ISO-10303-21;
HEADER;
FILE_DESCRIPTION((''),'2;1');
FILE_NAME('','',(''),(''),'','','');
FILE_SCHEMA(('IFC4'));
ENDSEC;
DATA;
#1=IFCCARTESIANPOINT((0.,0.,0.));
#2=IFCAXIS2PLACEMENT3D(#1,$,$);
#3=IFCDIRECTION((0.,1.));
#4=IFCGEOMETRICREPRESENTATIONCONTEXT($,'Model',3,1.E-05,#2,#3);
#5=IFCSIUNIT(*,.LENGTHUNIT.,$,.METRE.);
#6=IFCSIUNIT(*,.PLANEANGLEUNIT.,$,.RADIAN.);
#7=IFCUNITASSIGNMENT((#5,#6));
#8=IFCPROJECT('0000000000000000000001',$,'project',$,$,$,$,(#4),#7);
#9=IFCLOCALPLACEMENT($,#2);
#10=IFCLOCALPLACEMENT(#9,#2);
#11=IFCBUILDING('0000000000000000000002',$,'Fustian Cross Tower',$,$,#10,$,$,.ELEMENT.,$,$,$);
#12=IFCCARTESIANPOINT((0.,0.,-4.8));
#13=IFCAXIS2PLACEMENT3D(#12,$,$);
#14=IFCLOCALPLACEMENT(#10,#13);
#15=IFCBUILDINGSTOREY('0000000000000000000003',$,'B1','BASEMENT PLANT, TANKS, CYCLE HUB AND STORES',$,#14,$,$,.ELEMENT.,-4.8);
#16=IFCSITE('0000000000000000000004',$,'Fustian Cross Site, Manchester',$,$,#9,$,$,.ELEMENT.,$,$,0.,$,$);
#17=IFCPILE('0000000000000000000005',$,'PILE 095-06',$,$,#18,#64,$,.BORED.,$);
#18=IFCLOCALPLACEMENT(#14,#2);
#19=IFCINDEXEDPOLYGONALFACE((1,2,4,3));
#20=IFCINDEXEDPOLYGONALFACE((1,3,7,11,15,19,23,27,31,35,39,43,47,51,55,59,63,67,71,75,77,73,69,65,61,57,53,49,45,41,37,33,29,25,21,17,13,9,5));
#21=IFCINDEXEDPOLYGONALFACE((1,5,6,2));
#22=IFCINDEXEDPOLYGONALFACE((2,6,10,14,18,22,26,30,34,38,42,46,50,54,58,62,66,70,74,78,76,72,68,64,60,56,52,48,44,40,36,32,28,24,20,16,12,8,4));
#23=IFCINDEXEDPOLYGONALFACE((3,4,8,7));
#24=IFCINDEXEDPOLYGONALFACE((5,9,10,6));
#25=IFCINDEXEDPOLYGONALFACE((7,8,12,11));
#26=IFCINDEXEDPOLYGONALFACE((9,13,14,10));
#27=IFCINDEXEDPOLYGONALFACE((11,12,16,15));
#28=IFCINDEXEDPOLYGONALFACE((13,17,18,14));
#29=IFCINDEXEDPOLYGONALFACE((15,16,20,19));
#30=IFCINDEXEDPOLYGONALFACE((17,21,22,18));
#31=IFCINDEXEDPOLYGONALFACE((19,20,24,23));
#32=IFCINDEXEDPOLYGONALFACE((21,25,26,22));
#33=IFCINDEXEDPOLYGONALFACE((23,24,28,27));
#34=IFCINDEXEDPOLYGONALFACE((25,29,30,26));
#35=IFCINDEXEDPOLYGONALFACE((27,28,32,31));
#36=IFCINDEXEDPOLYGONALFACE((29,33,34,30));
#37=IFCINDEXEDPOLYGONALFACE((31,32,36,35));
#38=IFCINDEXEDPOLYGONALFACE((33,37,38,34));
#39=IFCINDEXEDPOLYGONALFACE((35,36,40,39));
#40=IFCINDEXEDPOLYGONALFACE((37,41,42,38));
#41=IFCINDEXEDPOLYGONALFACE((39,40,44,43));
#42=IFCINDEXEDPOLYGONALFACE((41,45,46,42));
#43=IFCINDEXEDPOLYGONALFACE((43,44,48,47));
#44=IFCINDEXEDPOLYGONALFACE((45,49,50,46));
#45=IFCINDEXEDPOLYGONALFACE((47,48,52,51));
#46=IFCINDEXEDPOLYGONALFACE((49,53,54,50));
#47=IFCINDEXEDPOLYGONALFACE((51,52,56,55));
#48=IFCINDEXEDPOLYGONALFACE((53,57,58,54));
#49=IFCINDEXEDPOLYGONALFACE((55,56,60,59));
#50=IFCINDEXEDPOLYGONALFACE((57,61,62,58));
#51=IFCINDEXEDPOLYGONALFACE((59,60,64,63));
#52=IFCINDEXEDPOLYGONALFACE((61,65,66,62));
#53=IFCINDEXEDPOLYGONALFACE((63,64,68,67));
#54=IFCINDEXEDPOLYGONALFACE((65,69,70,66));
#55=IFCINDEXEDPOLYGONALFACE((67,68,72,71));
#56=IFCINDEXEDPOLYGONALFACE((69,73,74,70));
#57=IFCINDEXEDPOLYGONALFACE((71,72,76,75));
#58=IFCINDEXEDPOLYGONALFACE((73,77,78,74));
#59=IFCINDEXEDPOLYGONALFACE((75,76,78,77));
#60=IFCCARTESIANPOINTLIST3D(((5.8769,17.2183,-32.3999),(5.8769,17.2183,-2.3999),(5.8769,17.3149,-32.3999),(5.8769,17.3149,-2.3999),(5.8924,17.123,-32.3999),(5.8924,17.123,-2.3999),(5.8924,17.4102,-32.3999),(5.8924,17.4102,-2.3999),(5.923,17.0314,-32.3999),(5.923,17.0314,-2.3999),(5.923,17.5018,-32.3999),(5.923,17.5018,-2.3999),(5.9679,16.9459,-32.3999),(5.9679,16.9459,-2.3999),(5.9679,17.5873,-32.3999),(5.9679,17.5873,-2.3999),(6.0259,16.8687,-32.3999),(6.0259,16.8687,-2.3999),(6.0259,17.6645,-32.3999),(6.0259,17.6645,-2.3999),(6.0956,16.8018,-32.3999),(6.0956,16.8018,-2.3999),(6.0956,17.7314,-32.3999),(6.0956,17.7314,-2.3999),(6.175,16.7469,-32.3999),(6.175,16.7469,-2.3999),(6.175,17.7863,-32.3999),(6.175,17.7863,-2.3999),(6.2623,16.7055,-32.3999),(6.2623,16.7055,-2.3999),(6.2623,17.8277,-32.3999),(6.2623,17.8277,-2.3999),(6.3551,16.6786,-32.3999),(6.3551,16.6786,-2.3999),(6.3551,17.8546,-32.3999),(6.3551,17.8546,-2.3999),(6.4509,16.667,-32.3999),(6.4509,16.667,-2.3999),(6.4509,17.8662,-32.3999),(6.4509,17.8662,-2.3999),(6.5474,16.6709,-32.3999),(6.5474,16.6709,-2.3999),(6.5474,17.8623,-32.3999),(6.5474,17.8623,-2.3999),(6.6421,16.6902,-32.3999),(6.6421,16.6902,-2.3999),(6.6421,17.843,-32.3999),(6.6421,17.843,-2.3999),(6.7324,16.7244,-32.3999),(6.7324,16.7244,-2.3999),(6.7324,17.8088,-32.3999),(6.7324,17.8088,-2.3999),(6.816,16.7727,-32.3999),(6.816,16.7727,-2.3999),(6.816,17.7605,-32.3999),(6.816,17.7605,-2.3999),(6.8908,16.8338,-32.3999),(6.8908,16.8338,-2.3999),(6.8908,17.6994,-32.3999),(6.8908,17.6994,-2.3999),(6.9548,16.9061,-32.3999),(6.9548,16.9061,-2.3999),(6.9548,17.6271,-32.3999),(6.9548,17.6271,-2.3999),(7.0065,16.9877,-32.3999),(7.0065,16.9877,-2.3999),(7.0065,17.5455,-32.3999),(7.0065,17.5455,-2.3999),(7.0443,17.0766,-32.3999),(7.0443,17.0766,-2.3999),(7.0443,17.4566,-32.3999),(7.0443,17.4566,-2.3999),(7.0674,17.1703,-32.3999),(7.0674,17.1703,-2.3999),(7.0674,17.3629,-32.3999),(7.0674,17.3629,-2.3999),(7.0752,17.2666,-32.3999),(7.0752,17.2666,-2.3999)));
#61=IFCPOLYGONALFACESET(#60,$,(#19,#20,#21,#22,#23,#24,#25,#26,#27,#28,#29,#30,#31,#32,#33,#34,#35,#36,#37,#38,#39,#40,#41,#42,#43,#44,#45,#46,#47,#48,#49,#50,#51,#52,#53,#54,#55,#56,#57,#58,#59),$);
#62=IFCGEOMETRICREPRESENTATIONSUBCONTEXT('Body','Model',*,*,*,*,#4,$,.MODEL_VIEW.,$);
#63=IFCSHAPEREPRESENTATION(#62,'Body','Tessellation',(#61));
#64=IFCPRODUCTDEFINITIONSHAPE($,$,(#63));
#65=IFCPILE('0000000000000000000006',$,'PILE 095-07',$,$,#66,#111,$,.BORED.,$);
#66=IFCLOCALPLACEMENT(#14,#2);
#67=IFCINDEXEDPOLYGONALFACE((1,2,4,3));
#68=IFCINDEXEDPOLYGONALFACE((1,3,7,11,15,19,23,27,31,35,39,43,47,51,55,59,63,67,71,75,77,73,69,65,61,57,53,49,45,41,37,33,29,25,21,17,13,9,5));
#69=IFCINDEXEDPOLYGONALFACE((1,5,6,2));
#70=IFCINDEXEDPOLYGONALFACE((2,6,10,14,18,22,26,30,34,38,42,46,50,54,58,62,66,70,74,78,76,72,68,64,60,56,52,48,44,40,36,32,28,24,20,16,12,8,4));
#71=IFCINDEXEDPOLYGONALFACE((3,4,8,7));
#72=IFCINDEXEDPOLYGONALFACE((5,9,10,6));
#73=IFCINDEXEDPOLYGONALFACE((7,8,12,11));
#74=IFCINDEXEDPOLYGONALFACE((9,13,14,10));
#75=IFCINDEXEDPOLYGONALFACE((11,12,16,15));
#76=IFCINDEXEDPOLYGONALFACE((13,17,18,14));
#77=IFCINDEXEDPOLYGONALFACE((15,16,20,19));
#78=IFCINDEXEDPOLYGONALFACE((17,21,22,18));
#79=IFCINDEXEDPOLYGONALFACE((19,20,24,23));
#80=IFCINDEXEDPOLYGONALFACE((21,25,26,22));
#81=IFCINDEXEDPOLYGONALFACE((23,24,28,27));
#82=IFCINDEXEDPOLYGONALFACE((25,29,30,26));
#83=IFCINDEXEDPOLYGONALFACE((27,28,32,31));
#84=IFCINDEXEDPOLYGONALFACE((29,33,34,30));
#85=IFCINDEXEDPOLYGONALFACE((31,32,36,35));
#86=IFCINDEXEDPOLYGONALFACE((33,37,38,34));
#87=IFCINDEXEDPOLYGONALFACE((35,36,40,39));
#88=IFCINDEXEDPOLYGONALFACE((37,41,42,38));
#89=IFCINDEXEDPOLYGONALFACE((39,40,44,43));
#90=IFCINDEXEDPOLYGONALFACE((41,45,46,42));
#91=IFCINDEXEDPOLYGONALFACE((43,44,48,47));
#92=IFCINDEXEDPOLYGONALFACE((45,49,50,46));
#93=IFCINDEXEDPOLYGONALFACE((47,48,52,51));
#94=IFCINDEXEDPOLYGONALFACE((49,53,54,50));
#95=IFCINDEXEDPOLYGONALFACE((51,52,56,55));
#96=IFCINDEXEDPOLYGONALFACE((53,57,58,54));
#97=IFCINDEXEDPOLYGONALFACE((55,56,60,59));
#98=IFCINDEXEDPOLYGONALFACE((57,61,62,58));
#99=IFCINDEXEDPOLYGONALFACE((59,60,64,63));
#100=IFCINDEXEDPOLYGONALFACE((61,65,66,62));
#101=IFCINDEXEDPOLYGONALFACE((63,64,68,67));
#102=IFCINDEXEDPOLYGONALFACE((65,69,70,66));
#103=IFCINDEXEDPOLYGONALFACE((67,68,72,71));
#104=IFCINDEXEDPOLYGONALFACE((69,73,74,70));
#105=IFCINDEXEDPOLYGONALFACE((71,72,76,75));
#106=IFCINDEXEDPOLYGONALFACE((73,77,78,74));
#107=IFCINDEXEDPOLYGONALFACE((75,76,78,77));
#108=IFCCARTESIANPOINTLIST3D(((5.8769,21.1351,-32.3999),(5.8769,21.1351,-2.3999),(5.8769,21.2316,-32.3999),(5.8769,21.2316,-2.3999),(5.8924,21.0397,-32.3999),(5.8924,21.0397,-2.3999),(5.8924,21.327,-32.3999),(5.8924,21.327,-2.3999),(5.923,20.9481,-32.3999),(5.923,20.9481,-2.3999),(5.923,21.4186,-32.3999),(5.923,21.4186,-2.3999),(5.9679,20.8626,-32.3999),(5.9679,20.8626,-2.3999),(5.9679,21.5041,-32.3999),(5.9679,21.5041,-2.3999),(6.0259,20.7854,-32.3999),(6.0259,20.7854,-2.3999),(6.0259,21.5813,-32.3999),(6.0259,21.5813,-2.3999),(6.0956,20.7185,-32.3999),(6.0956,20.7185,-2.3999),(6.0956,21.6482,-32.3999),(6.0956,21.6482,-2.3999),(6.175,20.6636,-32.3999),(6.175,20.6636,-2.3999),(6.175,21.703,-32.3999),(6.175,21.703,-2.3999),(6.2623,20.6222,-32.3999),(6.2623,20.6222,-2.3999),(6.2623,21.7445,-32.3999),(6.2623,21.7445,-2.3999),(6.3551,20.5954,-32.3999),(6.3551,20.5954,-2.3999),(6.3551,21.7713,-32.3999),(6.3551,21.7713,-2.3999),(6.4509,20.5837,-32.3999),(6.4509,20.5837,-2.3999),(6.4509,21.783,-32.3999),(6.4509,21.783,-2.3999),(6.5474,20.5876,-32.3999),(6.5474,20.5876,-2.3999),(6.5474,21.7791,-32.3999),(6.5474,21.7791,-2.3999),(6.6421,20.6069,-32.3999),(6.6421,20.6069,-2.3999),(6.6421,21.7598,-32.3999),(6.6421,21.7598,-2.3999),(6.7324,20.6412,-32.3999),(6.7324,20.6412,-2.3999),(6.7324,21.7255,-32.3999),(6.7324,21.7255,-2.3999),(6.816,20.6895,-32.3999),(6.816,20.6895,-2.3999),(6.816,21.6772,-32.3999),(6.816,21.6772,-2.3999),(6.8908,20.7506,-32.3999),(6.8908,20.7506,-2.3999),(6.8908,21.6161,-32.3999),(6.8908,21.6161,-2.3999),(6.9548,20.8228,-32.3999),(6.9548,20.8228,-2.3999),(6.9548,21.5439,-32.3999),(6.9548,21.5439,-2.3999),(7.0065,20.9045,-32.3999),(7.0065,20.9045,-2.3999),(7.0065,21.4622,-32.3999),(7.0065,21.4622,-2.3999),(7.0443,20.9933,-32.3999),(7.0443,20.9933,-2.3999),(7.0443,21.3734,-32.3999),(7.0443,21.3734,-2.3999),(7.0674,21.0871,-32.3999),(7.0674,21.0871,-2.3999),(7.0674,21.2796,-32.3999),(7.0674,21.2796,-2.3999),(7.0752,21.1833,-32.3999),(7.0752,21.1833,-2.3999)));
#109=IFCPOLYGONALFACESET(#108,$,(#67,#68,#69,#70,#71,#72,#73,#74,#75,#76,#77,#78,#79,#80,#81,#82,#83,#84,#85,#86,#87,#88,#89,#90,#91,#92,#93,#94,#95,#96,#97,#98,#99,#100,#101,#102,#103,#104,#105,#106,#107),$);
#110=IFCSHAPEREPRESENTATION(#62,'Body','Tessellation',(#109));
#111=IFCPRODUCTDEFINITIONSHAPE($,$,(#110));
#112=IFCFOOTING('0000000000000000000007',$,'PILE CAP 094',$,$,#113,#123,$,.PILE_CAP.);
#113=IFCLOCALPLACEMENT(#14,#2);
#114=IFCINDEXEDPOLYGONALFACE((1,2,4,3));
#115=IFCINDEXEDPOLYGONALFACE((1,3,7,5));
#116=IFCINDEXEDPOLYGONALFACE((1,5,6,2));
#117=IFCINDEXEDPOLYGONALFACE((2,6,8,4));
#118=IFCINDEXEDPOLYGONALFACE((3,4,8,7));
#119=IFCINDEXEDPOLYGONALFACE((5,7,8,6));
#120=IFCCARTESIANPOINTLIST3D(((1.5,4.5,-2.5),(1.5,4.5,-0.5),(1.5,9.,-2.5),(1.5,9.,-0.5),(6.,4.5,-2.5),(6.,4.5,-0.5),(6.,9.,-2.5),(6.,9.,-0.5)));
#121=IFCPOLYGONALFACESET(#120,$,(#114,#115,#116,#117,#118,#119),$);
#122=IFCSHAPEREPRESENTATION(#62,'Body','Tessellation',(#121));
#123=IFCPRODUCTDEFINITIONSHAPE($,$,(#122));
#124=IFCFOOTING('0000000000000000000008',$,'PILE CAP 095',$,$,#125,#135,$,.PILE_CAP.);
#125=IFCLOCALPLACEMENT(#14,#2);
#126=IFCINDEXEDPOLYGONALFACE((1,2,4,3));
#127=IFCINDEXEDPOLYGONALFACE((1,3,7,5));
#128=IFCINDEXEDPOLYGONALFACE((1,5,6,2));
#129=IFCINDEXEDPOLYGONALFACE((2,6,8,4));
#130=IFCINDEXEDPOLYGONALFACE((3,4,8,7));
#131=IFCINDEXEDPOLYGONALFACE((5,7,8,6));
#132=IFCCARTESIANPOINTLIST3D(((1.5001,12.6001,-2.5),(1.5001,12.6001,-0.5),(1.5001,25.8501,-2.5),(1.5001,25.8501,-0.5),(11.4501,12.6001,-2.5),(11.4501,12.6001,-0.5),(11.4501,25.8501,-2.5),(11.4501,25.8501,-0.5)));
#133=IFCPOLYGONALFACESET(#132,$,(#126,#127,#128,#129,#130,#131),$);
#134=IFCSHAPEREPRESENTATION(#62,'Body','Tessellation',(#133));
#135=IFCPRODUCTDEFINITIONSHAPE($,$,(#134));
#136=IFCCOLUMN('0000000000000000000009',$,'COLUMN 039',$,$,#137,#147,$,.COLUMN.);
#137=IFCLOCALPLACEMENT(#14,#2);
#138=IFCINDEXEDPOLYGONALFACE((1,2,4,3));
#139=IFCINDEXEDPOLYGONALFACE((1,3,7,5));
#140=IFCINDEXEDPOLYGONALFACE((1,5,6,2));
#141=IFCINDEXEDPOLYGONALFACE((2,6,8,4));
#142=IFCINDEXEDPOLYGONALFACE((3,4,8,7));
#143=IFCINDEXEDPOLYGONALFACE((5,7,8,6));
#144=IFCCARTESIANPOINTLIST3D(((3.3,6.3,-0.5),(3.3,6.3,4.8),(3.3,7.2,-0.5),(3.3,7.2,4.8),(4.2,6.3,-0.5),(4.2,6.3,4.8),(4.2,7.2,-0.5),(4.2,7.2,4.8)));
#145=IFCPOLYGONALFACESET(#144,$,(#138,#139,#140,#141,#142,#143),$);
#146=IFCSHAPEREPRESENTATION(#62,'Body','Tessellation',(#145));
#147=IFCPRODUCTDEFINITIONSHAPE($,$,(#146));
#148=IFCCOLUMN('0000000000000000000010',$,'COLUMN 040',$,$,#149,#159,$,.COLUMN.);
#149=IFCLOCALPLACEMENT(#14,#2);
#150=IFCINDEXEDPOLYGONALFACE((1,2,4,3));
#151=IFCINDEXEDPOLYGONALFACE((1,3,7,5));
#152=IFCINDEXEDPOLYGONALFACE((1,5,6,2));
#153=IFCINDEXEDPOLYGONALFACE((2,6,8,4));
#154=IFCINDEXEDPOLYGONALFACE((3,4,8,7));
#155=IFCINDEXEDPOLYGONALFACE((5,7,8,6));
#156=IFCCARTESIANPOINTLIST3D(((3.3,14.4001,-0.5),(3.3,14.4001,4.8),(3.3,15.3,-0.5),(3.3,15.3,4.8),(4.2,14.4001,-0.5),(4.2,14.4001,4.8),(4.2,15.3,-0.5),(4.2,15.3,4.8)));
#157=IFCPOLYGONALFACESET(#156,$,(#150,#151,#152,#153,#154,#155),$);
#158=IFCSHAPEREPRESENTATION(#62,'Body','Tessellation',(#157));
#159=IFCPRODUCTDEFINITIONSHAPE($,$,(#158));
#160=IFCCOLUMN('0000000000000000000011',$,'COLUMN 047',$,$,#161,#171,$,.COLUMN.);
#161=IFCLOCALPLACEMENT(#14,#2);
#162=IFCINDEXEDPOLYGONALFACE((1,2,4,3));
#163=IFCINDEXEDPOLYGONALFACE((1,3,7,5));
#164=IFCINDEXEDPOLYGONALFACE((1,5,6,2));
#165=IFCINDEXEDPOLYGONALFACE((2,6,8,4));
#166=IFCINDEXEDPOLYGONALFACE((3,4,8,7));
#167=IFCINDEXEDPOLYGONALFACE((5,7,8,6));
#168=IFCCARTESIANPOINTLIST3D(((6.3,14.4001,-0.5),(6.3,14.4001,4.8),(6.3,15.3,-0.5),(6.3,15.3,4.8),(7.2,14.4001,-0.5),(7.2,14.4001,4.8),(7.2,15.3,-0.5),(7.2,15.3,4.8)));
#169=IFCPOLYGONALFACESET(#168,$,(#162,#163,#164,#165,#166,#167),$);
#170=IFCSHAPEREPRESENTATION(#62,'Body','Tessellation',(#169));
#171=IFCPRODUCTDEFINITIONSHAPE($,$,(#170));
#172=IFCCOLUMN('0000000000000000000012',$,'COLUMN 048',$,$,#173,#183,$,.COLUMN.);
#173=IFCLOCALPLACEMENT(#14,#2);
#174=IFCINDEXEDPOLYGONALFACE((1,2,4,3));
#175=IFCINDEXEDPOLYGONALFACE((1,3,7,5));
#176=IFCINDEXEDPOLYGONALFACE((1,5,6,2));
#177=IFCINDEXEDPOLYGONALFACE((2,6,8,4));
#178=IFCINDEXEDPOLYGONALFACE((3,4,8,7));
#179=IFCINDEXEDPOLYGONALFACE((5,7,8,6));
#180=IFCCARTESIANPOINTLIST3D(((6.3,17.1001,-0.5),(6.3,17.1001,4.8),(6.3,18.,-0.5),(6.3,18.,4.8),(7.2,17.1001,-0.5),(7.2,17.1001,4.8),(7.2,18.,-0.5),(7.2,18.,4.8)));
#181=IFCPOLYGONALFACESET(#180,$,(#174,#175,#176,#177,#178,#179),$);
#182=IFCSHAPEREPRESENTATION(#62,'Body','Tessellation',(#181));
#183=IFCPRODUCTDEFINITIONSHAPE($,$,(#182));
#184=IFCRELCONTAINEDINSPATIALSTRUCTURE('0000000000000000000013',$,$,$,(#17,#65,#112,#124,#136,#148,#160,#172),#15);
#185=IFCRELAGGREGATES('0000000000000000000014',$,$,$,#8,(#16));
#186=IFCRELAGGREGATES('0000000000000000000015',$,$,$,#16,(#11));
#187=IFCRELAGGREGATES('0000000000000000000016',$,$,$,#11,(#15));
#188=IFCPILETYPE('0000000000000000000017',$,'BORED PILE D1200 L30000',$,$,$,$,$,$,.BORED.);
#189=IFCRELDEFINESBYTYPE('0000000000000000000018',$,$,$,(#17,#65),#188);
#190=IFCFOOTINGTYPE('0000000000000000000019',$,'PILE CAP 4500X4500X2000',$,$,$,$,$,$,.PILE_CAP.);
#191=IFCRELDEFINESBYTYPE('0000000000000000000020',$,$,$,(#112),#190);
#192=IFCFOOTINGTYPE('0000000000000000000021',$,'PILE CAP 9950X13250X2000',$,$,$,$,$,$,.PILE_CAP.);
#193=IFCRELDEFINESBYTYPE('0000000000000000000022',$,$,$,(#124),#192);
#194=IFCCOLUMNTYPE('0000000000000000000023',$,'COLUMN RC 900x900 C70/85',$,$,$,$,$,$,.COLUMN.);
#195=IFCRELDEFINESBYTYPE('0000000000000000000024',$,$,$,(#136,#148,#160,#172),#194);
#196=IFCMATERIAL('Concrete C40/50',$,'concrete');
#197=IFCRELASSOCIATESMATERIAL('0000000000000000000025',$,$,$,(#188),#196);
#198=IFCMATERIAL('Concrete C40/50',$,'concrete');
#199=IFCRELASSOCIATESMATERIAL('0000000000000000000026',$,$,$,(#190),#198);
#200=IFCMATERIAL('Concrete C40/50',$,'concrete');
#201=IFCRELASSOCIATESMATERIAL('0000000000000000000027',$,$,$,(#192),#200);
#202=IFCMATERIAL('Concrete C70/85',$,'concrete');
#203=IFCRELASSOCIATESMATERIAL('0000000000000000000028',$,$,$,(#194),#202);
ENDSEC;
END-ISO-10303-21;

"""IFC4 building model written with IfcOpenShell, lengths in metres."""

from ifc_helpers import new_model, si_unit, direction, frame, origin, origin_2d, place, context, subcontext, project, spatial, rectangle, circle, extrude, material, material_profile, profile_set, type_object, element, save


model = new_model("IFC4")

# Units and contexts
model_context = context("Model", 3, precision=1e-05, world=origin(), true_north=direction((0.0, 1.0)))
body_context = subcontext(model_context, "Body", "Model", "MODEL_VIEW")
ifc_project = project(units=[si_unit("LENGTHUNIT", "METRE"), si_unit("PLANEANGLEUNIT", "RADIAN")], contexts=[model_context])

# Site, building, storey
site_placement = place(None, origin())
site = spatial("IfcSite", under=ifc_project, at=site_placement, Name="Fustian Cross Site, Manchester", CompositionType="ELEMENT", RefElevation=0.0)
building_placement = place(site_placement, origin())
building = spatial("IfcBuilding", under=site, at=building_placement, Name="Fustian Cross Tower", CompositionType="ELEMENT")
storey_placement = place(building_placement, frame((0.0, 0.0, -4.8)))
storey = spatial("IfcBuildingStorey", under=building, at=storey_placement, Name="B1", Description="BASEMENT PLANT, TANKS, CYCLE HUB AND STORES", CompositionType="ELEMENT", Elevation=-4.8)

# Piles
ifc_material_1 = material(Name="Concrete C40/50", Category="concrete")
ifc_material_profile_1 = material_profile(ifc_material_1, circle(Radius=0.6001, at=origin_2d()), Name="BORED PILE D1200 L30000")
ifc_profile_set_1 = profile_set([ifc_material_profile_1], Name="Concrete C40/50")
pile_type = type_object("IfcPileType", Name="BORED PILE D1200 L30000", PredefinedType="BORED", material=ifc_profile_set_1)
for number, where, z_axis, x_axis, name in (
    (1, (6.4751, 17.2666, -2.3999), (0.0, 0.0, -1.0), (1.0, 0.0, 0.0), "PILE 095-06"),
    (2, (6.4751, 21.1833, -2.3999), (0.0, 0.0, -1.0), (1.0, 0.0, 0.0), "PILE 095-07"),
):
    element("IfcPile", number, at=place(storey_placement, frame(where, z_axis=z_axis, x_axis=x_axis)), inside=storey, type_object=pile_type, Name=name, PredefinedType="BORED", context=body_context, shape_type="SweptSolid", body=[
        extrude(circle(Radius=0.6001, at=origin_2d()), origin(), (0.0, 0.0, 1.0), 30.0),
    ])

# Footings
ifc_material_2 = material(Name="Concrete C40/50", Category="concrete")
footing_type_1 = type_object("IfcFootingType", Name="PILE CAP 4500X4500X2000", PredefinedType="PILE_CAP", material=ifc_material_2)
footing_1_placement = place(storey_placement, frame((3.75, 6.75, -2.5), z_axis=(0.0, 0.0, 1.0), x_axis=(1.0, 0.0, 0.0)))
element("IfcFooting", 3, at=footing_1_placement, inside=storey, type_object=footing_type_1, Name="PILE CAP 094", PredefinedType="PILE_CAP", context=body_context, shape_type="SweptSolid", body=[
    extrude(rectangle(XDim=4.5, YDim=4.5, at=origin_2d()), origin(), (0.0, 0.0, 1.0), 2.0),
])
ifc_material_3 = material(Name="Concrete C40/50", Category="concrete")
footing_type_2 = type_object("IfcFootingType", Name="PILE CAP 9950X13250X2000", PredefinedType="PILE_CAP", material=ifc_material_3)
footing_2_placement = place(storey_placement, frame((6.4751, 19.2251, -2.5), z_axis=(0.0, 0.0, 1.0), x_axis=(1.0, 0.0, 0.0)))
element("IfcFooting", 4, at=footing_2_placement, inside=storey, type_object=footing_type_2, Name="PILE CAP 095", PredefinedType="PILE_CAP", context=body_context, shape_type="SweptSolid", body=[
    extrude(rectangle(XDim=9.95, YDim=13.25, at=origin_2d()), origin(), (0.0, 0.0, 1.0), 2.0),
])

# Columns
ifc_material_4 = material(Name="Concrete C70/85", Category="concrete")
ifc_material_profile_2 = material_profile(ifc_material_4, rectangle(XDim=0.8999, YDim=0.8999, at=origin_2d()), Name="RC 900x900")
ifc_profile_set_2 = profile_set([ifc_material_profile_2], Name="Concrete C70/85")
column_type = type_object("IfcColumnType", Name="COLUMN RC 900x900 C70/85", PredefinedType="COLUMN", material=ifc_profile_set_2)
for number, where, z_axis, x_axis, name in (
    (5, (3.75, 6.75, -0.5), (0.0, 0.0, 1.0), (1.0, 0.0, 0.0), "COLUMN 039"),
    (6, (3.75, 14.8501, -0.5), (0.0, 0.0, 1.0), (1.0, 0.0, 0.0), "COLUMN 040"),
    (7, (6.75, 14.8501, -0.5), (0.0, 0.0, 1.0), (1.0, 0.0, 0.0), "COLUMN 047"),
    (8, (6.75, 17.55, -0.5), (0.0, 0.0, 1.0), (1.0, 0.0, 0.0), "COLUMN 048"),
):
    element("IfcColumn", number, at=place(storey_placement, frame(where, z_axis=z_axis, x_axis=x_axis)), inside=storey, type_object=column_type, Name=name, PredefinedType="COLUMN", context=body_context, shape_type="SweptSolid", body=[
        extrude(rectangle(XDim=0.8999, YDim=0.8999, at=origin_2d()), origin(), (0.0, 0.0, 1.0), 5.3),
    ])

save(model, "model.ifc")
